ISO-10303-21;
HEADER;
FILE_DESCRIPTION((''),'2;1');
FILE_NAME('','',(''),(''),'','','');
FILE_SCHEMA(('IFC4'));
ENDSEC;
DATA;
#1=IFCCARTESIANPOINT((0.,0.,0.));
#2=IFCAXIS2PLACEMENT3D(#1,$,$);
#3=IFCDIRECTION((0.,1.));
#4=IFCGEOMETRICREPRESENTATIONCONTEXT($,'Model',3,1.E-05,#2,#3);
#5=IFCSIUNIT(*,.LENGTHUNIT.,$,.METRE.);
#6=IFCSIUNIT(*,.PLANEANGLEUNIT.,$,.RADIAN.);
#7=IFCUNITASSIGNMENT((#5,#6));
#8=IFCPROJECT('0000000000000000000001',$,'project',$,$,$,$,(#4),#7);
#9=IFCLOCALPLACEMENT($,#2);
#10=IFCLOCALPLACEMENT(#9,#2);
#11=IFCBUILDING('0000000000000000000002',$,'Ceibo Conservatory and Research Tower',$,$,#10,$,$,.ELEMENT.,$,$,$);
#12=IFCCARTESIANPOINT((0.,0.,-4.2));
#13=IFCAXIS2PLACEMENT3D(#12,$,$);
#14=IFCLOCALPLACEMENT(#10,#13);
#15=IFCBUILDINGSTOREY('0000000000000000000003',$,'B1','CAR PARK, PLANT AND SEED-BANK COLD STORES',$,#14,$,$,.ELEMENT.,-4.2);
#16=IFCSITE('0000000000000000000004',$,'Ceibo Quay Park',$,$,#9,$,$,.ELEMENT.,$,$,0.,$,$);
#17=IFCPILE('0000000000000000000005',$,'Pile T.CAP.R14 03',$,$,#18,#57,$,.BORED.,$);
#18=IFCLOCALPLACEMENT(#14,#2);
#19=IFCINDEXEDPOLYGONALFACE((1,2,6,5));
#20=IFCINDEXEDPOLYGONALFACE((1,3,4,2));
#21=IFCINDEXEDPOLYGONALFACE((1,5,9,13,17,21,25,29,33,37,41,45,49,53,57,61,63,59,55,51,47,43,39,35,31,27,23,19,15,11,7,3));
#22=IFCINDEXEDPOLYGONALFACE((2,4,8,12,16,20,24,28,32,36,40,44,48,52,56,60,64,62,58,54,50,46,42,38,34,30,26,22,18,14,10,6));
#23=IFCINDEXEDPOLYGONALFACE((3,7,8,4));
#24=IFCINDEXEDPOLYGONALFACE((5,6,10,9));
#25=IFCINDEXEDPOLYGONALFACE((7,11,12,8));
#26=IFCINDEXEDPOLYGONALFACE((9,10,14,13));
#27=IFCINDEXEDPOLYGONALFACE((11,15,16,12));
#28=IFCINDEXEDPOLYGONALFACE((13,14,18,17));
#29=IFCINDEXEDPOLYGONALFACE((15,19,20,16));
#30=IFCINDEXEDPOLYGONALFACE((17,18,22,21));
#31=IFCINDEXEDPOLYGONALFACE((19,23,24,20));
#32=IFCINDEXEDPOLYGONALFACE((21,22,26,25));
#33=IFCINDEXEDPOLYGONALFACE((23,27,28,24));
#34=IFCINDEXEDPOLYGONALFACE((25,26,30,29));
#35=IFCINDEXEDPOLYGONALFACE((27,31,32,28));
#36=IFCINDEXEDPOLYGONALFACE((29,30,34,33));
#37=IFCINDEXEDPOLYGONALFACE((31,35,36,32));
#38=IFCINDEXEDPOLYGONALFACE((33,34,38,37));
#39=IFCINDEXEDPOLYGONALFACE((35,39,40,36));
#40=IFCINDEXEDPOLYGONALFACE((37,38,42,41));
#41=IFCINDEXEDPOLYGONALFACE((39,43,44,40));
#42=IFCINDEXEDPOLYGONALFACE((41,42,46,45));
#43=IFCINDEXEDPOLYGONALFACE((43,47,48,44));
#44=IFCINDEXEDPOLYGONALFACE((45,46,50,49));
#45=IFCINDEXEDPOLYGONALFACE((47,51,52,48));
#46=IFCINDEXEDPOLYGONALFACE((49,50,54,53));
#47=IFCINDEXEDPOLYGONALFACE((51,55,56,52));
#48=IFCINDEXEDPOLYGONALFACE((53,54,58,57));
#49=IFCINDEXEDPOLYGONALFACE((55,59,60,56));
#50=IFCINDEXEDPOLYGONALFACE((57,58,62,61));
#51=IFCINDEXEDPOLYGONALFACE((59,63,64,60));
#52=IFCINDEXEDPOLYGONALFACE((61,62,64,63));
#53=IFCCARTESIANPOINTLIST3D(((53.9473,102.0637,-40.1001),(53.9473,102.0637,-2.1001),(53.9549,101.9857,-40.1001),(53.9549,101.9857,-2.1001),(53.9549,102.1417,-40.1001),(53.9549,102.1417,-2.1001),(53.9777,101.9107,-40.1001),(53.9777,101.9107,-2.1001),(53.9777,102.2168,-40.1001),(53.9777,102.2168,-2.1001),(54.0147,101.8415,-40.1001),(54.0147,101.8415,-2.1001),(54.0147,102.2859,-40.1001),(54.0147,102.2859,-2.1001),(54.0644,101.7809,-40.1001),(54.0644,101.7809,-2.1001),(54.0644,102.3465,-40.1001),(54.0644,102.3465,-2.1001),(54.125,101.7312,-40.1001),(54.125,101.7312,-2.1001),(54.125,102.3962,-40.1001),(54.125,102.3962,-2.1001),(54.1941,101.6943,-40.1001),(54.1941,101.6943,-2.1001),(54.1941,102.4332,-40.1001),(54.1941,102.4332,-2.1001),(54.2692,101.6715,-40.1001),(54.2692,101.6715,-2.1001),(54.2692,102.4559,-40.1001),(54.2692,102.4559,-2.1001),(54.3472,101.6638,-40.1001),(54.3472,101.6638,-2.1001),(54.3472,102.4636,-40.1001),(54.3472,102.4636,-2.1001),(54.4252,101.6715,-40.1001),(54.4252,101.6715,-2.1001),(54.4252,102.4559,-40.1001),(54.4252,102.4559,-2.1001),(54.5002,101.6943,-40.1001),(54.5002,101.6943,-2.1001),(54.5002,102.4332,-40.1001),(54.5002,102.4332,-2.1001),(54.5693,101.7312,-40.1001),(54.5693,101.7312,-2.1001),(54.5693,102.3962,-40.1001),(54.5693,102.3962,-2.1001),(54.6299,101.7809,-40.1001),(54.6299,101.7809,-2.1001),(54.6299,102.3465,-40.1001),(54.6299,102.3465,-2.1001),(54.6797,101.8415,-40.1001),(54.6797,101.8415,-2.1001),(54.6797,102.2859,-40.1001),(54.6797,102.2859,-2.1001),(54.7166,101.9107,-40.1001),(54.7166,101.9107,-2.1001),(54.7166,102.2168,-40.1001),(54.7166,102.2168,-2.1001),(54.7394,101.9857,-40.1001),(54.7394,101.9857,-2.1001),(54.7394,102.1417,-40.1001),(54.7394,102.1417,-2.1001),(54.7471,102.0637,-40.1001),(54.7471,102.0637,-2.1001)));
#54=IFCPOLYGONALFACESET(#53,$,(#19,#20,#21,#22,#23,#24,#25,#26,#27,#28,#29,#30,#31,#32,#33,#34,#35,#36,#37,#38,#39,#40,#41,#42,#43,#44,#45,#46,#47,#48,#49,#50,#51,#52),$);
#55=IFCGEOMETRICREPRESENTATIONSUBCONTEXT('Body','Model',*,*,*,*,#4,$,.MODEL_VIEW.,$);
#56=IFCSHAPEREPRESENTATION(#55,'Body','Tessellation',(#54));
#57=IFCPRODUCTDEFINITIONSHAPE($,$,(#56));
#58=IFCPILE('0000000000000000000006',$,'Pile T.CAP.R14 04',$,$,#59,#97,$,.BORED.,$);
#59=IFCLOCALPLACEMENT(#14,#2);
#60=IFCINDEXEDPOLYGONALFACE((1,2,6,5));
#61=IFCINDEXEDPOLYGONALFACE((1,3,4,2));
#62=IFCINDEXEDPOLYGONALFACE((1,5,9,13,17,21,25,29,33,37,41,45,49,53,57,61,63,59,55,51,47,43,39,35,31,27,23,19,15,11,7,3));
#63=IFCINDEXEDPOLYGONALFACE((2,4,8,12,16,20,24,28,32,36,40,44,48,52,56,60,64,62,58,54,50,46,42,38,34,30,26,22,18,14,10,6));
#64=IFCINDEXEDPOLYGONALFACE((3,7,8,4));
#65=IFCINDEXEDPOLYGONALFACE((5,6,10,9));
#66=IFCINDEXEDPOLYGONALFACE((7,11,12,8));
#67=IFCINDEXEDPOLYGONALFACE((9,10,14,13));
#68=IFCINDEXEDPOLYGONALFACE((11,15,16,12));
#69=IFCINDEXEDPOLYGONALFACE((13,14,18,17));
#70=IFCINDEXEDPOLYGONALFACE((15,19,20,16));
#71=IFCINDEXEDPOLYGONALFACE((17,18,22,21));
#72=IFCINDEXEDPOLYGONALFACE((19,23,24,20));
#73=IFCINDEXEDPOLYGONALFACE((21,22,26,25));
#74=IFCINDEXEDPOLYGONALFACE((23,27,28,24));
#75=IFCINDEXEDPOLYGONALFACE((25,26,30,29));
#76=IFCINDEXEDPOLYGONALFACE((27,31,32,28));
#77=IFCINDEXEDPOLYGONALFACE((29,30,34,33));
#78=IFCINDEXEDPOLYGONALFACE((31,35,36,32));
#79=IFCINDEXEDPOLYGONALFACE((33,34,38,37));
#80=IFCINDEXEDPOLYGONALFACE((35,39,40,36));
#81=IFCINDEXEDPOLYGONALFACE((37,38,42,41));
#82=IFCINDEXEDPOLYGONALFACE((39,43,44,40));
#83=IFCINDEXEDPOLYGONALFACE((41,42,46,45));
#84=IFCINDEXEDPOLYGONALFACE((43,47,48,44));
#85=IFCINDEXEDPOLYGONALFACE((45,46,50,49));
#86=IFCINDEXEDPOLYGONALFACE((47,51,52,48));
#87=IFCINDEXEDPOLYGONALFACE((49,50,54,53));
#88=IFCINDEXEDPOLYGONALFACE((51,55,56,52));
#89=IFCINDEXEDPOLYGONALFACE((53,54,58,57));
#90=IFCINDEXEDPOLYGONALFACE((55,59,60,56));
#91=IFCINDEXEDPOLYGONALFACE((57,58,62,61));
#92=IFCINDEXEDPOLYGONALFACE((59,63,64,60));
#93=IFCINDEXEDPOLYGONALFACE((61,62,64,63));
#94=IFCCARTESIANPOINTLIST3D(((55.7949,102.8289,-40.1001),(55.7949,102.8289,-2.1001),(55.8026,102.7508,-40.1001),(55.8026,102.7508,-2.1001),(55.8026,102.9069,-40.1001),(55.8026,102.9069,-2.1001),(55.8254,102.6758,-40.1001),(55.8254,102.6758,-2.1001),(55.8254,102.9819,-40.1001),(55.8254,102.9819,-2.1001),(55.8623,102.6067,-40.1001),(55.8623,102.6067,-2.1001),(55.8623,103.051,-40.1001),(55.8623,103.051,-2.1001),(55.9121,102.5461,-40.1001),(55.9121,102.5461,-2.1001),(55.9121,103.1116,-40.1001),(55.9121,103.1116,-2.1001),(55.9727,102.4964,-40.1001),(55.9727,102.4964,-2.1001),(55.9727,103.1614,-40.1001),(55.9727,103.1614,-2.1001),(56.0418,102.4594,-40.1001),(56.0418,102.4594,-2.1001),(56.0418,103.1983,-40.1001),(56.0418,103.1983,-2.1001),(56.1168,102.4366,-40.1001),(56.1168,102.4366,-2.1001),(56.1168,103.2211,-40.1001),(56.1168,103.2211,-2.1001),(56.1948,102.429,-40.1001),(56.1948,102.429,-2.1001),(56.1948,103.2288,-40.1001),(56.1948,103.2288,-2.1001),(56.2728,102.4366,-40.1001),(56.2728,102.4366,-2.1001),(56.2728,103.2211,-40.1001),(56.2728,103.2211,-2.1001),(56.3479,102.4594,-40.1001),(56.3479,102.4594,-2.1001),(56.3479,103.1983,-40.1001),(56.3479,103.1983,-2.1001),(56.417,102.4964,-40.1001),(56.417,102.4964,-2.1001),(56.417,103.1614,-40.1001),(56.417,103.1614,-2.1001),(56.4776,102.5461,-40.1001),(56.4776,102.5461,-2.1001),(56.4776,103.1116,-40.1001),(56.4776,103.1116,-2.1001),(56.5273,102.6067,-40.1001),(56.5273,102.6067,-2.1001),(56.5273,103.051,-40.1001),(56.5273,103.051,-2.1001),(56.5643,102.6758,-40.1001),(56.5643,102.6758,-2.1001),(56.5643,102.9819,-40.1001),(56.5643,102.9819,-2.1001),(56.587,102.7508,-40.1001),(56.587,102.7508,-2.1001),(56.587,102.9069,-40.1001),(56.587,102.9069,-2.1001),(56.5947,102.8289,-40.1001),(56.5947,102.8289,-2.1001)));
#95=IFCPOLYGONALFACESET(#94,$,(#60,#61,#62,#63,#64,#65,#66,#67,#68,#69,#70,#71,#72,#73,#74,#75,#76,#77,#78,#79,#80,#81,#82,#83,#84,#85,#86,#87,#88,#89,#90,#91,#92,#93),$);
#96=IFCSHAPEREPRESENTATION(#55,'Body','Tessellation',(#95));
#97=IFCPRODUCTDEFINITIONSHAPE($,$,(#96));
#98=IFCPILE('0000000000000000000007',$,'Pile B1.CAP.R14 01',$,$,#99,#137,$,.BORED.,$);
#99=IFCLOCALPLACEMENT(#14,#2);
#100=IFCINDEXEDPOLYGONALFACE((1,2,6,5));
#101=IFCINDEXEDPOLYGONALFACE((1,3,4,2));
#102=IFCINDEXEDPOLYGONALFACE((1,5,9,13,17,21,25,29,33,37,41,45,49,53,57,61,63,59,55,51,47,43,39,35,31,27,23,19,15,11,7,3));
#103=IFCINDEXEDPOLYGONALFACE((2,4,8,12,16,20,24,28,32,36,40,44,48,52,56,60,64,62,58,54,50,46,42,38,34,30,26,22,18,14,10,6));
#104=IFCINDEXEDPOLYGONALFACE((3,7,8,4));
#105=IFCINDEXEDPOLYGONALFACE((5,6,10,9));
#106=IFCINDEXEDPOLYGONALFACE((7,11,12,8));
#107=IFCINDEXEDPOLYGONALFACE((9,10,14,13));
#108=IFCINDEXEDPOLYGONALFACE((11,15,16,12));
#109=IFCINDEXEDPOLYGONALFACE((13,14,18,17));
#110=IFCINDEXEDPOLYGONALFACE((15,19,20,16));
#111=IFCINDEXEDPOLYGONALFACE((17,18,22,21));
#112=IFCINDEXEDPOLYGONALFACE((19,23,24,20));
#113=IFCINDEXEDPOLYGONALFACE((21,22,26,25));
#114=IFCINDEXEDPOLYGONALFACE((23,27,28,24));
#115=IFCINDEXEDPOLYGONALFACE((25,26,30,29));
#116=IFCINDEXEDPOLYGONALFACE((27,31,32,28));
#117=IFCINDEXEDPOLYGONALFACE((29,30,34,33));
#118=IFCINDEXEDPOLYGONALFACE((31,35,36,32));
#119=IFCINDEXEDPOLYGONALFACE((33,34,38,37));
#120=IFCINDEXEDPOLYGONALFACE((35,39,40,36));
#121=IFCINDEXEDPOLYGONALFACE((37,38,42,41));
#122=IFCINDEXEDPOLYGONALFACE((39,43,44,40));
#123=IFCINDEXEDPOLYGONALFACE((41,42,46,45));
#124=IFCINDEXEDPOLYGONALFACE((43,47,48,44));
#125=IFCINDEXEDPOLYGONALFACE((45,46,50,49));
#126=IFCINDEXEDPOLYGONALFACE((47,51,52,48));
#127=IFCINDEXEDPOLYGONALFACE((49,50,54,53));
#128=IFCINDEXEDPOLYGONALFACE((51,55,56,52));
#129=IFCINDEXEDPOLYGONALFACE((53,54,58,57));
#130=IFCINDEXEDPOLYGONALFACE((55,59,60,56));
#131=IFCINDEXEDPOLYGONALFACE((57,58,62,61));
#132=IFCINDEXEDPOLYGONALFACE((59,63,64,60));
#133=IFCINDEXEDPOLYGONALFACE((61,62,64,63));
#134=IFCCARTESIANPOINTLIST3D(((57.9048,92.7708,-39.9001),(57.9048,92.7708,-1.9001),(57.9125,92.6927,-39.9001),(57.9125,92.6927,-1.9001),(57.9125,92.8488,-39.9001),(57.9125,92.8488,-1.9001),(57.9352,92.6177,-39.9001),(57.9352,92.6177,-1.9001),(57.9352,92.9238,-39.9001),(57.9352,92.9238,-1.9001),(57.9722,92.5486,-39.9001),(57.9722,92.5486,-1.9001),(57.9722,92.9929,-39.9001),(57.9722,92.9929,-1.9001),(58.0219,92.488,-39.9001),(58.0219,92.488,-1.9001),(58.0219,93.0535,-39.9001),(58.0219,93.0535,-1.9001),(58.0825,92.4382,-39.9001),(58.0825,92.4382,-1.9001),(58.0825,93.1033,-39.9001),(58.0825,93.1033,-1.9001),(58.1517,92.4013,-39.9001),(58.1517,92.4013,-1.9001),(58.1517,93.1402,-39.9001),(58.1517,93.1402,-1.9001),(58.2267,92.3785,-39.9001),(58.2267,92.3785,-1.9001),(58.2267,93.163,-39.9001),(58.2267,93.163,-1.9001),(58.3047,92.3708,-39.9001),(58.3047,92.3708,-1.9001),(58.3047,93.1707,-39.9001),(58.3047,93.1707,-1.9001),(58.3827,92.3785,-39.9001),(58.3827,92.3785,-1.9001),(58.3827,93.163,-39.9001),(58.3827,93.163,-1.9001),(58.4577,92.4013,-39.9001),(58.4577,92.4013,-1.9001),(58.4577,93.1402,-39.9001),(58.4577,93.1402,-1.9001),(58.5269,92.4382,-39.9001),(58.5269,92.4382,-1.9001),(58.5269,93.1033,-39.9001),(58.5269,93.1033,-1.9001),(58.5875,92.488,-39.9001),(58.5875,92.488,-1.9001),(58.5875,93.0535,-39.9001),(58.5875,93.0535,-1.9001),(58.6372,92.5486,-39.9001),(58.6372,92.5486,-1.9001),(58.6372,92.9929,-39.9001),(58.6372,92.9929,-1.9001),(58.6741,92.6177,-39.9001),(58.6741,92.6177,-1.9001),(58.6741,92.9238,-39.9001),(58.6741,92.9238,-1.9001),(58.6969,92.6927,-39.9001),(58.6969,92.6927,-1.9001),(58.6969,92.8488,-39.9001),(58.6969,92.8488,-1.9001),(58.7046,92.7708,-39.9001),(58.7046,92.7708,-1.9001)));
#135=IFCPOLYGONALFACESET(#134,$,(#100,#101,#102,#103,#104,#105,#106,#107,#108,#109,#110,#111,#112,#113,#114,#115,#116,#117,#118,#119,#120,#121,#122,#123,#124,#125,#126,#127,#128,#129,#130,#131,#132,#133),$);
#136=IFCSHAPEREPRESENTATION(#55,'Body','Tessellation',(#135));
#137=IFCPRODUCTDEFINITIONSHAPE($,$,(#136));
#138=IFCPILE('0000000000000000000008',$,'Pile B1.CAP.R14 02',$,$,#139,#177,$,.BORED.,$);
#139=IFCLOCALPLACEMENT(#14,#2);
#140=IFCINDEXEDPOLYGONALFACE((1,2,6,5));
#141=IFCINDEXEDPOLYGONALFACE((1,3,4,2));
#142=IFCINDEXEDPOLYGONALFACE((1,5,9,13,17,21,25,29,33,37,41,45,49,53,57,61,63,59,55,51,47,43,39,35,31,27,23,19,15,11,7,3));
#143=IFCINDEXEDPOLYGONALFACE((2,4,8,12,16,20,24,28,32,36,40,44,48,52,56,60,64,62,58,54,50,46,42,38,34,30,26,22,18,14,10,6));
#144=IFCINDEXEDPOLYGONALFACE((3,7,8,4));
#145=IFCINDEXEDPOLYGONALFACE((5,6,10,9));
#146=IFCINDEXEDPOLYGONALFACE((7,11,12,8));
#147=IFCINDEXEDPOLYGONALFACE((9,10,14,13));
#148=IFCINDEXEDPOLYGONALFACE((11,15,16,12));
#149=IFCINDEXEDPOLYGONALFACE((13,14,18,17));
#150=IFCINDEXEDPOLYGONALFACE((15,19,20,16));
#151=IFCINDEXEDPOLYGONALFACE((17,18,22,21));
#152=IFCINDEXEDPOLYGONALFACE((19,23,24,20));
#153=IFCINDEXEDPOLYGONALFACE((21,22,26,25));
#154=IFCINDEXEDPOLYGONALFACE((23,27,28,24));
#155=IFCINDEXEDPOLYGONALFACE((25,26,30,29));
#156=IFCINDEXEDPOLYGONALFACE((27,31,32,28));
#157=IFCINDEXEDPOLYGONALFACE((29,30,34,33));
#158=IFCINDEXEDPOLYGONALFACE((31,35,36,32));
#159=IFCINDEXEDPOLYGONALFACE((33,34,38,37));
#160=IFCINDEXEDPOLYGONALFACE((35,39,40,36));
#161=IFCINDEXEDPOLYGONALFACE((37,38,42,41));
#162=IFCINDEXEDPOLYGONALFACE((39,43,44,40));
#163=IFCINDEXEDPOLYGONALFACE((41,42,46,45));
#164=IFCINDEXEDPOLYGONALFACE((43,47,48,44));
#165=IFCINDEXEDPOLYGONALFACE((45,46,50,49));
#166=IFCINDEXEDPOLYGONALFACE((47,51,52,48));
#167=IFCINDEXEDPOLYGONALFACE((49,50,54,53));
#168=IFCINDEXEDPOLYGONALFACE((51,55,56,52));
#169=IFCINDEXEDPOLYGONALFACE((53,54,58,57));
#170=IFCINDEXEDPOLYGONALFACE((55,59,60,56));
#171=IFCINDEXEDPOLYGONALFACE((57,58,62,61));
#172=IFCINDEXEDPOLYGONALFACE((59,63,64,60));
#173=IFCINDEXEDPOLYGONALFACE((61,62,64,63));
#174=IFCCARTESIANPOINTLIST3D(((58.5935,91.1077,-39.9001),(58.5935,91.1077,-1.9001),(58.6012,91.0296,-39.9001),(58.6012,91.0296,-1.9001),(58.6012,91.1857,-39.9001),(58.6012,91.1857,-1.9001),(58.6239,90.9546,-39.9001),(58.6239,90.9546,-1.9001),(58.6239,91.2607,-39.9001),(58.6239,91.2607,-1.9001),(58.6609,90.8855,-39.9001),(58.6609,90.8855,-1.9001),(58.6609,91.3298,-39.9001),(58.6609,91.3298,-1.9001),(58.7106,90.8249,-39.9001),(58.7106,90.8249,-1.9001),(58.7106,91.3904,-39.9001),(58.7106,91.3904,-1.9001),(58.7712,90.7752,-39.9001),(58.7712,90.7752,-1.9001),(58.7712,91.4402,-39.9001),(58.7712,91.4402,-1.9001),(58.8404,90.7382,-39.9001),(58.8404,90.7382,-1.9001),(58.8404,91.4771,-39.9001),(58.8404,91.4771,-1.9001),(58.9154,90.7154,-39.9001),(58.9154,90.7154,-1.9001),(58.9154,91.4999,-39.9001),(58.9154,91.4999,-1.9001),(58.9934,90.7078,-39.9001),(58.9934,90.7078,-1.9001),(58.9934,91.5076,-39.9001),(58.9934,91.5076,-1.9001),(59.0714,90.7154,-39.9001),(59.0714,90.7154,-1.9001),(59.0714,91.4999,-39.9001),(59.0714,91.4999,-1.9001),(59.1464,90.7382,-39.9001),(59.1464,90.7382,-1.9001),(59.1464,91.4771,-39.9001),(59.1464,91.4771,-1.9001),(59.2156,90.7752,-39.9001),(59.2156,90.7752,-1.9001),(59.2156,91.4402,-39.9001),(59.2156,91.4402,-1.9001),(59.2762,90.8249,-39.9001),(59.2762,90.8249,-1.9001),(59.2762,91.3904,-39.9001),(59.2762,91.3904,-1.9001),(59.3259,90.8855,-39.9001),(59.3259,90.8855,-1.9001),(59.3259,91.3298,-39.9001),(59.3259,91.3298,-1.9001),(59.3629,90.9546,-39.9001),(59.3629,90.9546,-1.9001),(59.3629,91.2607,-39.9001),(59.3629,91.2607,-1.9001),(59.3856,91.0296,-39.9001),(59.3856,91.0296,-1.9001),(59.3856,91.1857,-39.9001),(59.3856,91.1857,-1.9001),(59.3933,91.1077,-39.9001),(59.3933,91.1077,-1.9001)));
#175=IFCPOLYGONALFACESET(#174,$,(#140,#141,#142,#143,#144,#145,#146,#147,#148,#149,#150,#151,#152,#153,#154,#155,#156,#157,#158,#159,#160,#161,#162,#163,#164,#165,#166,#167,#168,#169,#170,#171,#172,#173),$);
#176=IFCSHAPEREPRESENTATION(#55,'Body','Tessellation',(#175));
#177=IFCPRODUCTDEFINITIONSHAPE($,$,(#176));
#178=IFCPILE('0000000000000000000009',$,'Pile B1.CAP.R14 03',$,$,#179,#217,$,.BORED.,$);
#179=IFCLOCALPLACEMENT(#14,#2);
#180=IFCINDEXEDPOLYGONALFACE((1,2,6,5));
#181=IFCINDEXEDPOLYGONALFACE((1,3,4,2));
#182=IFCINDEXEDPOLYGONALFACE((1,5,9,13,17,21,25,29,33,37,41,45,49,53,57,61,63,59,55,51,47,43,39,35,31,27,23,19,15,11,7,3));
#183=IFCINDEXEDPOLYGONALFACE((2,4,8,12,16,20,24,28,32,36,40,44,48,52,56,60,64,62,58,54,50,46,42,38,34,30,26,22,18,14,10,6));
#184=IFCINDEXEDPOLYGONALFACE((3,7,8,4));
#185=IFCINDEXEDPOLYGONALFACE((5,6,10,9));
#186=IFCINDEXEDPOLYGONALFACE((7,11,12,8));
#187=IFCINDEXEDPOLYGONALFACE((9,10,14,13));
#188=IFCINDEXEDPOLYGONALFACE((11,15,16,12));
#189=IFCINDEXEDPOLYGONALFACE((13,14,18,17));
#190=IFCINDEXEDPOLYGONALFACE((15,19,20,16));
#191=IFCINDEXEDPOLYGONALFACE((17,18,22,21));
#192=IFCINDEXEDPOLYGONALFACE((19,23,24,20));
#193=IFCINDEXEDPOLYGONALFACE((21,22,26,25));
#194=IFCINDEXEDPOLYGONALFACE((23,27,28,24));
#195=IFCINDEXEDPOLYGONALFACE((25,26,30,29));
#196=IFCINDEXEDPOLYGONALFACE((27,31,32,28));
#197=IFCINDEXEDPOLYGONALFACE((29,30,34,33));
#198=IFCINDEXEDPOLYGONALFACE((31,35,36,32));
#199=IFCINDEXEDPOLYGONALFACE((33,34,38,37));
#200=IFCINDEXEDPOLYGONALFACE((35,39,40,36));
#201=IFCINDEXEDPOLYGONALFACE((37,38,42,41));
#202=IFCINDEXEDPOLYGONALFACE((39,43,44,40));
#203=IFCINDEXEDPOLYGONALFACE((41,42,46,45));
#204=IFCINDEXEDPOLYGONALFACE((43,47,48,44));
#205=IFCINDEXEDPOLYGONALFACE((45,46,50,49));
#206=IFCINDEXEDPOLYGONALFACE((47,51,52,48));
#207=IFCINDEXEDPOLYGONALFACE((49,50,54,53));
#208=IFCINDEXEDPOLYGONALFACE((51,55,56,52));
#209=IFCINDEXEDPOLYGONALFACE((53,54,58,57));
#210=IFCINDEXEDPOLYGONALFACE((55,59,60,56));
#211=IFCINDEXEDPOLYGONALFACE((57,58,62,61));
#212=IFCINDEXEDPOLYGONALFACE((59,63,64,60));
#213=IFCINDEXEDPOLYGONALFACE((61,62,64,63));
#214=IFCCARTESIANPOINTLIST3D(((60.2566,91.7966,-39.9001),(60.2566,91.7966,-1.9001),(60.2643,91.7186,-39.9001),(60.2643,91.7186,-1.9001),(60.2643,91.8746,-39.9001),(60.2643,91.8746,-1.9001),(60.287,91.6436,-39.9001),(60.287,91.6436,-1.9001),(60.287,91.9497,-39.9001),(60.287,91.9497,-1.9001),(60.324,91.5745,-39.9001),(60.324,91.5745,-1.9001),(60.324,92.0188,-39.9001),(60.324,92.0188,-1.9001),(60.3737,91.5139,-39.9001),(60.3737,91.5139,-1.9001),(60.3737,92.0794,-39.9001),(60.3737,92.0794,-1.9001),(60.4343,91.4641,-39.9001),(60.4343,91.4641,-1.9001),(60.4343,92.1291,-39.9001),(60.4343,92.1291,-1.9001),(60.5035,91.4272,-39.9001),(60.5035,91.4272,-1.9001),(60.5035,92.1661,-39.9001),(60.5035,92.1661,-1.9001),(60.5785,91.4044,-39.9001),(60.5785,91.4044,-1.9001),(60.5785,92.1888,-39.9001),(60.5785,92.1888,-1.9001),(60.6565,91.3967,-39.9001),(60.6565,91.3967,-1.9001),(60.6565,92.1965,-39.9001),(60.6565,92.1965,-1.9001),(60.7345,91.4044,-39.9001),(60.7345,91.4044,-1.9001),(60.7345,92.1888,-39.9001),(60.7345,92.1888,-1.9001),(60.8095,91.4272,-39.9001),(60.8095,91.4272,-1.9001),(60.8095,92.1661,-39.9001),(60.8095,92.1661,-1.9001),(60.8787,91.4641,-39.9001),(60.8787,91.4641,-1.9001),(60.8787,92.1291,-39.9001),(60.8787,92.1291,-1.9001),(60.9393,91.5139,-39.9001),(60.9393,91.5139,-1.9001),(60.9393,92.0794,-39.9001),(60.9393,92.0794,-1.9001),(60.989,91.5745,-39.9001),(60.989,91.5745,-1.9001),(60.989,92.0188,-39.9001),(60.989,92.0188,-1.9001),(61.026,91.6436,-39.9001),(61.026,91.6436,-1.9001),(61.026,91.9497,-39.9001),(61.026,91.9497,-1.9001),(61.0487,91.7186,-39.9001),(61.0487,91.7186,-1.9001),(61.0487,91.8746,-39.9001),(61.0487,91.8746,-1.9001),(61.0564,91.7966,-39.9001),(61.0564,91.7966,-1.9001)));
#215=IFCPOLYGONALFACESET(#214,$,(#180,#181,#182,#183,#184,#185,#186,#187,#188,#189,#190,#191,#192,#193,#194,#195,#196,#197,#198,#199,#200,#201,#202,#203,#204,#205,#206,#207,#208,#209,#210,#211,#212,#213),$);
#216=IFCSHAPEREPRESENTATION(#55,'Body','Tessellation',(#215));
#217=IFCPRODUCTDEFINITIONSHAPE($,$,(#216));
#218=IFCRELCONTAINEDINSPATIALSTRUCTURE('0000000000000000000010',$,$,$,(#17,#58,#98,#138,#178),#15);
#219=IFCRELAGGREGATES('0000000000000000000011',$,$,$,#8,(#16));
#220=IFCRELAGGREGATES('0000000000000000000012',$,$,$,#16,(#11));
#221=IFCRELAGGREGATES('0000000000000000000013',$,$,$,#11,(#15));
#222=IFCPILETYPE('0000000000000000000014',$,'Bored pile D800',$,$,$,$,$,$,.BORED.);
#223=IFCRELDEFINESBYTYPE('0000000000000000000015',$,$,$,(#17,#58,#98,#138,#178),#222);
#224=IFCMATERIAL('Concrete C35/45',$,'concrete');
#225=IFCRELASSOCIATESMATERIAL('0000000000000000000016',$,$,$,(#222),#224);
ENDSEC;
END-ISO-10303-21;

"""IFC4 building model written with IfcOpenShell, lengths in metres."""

from ifc_helpers import new_model, si_unit, direction, frame, origin, origin_2d, place, context, subcontext, project, spatial, circle, extrude, material, material_profile, profile_set, type_object, element, save


model = new_model("IFC4")

# Units and contexts
model_context = context("Model", 3, precision=1e-05, world=origin(), true_north=direction((0.0, 1.0)))
body_context = subcontext(model_context, "Body", "Model", "MODEL_VIEW")
ifc_project = project(units=[si_unit("LENGTHUNIT", "METRE"), si_unit("PLANEANGLEUNIT", "RADIAN")], contexts=[model_context])

# Site, building, storey
site_placement = place(None, origin())
site = spatial("IfcSite", under=ifc_project, at=site_placement, Name="Ceibo Quay Park", CompositionType="ELEMENT", RefElevation=0.0)
building_placement = place(site_placement, origin())
building = spatial("IfcBuilding", under=site, at=building_placement, Name="Ceibo Conservatory and Research Tower", CompositionType="ELEMENT")
storey_placement = place(building_placement, frame((0.0, 0.0, -4.2)))
storey = spatial("IfcBuildingStorey", under=building, at=storey_placement, Name="B1", Description="CAR PARK, PLANT AND SEED-BANK COLD STORES", CompositionType="ELEMENT", Elevation=-4.2)

# Piles
ifc_material_1 = material(Name="Concrete C35/45", Category="concrete")
ifc_material_profile_1 = material_profile(ifc_material_1, circle(Radius=0.3999, at=origin_2d()), Name="RC D800")
ifc_profile_set_1 = profile_set([ifc_material_profile_1], Name="Concrete C35/45")
pile_type_1 = type_object("IfcPileType", Name="Bored pile D800", PredefinedType="BORED", material=ifc_profile_set_1)
for number, where, z_axis, x_axis, name in (
    (1, (54.3472, 102.0637, -2.1001), (0.0, 0.0, -1.0), (1.0, 0.0, 0.0), "Pile T.CAP.R14 03"),
    (2, (56.1948, 102.8289, -2.1001), (0.0, 0.0, -1.0), (1.0, 0.0, 0.0), "Pile T.CAP.R14 04"),
    (3, (58.3047, 92.7708, -1.9001), (0.0, 0.0, -1.0), (1.0, 0.0, 0.0), "Pile B1.CAP.R14 01"),
    (4, (58.9934, 91.1077, -1.9001), (0.0, 0.0, -1.0), (1.0, 0.0, 0.0), "Pile B1.CAP.R14 02"),
    (5, (60.6565, 91.7966, -1.9001), (0.0, 0.0, -1.0), (1.0, 0.0, 0.0), "Pile B1.CAP.R14 03"),
):
    element("IfcPile", number, at=place(storey_placement, frame(where, z_axis=z_axis, x_axis=x_axis)), inside=storey, type_object=pile_type_1, Name=name, PredefinedType="BORED", context=body_context, shape_type="SweptSolid", body=[
        extrude(circle(Radius=0.3999, at=origin_2d()), origin(), (0.0, 0.0, 1.0), 38.0),
    ])

save(model, "model.ifc")
